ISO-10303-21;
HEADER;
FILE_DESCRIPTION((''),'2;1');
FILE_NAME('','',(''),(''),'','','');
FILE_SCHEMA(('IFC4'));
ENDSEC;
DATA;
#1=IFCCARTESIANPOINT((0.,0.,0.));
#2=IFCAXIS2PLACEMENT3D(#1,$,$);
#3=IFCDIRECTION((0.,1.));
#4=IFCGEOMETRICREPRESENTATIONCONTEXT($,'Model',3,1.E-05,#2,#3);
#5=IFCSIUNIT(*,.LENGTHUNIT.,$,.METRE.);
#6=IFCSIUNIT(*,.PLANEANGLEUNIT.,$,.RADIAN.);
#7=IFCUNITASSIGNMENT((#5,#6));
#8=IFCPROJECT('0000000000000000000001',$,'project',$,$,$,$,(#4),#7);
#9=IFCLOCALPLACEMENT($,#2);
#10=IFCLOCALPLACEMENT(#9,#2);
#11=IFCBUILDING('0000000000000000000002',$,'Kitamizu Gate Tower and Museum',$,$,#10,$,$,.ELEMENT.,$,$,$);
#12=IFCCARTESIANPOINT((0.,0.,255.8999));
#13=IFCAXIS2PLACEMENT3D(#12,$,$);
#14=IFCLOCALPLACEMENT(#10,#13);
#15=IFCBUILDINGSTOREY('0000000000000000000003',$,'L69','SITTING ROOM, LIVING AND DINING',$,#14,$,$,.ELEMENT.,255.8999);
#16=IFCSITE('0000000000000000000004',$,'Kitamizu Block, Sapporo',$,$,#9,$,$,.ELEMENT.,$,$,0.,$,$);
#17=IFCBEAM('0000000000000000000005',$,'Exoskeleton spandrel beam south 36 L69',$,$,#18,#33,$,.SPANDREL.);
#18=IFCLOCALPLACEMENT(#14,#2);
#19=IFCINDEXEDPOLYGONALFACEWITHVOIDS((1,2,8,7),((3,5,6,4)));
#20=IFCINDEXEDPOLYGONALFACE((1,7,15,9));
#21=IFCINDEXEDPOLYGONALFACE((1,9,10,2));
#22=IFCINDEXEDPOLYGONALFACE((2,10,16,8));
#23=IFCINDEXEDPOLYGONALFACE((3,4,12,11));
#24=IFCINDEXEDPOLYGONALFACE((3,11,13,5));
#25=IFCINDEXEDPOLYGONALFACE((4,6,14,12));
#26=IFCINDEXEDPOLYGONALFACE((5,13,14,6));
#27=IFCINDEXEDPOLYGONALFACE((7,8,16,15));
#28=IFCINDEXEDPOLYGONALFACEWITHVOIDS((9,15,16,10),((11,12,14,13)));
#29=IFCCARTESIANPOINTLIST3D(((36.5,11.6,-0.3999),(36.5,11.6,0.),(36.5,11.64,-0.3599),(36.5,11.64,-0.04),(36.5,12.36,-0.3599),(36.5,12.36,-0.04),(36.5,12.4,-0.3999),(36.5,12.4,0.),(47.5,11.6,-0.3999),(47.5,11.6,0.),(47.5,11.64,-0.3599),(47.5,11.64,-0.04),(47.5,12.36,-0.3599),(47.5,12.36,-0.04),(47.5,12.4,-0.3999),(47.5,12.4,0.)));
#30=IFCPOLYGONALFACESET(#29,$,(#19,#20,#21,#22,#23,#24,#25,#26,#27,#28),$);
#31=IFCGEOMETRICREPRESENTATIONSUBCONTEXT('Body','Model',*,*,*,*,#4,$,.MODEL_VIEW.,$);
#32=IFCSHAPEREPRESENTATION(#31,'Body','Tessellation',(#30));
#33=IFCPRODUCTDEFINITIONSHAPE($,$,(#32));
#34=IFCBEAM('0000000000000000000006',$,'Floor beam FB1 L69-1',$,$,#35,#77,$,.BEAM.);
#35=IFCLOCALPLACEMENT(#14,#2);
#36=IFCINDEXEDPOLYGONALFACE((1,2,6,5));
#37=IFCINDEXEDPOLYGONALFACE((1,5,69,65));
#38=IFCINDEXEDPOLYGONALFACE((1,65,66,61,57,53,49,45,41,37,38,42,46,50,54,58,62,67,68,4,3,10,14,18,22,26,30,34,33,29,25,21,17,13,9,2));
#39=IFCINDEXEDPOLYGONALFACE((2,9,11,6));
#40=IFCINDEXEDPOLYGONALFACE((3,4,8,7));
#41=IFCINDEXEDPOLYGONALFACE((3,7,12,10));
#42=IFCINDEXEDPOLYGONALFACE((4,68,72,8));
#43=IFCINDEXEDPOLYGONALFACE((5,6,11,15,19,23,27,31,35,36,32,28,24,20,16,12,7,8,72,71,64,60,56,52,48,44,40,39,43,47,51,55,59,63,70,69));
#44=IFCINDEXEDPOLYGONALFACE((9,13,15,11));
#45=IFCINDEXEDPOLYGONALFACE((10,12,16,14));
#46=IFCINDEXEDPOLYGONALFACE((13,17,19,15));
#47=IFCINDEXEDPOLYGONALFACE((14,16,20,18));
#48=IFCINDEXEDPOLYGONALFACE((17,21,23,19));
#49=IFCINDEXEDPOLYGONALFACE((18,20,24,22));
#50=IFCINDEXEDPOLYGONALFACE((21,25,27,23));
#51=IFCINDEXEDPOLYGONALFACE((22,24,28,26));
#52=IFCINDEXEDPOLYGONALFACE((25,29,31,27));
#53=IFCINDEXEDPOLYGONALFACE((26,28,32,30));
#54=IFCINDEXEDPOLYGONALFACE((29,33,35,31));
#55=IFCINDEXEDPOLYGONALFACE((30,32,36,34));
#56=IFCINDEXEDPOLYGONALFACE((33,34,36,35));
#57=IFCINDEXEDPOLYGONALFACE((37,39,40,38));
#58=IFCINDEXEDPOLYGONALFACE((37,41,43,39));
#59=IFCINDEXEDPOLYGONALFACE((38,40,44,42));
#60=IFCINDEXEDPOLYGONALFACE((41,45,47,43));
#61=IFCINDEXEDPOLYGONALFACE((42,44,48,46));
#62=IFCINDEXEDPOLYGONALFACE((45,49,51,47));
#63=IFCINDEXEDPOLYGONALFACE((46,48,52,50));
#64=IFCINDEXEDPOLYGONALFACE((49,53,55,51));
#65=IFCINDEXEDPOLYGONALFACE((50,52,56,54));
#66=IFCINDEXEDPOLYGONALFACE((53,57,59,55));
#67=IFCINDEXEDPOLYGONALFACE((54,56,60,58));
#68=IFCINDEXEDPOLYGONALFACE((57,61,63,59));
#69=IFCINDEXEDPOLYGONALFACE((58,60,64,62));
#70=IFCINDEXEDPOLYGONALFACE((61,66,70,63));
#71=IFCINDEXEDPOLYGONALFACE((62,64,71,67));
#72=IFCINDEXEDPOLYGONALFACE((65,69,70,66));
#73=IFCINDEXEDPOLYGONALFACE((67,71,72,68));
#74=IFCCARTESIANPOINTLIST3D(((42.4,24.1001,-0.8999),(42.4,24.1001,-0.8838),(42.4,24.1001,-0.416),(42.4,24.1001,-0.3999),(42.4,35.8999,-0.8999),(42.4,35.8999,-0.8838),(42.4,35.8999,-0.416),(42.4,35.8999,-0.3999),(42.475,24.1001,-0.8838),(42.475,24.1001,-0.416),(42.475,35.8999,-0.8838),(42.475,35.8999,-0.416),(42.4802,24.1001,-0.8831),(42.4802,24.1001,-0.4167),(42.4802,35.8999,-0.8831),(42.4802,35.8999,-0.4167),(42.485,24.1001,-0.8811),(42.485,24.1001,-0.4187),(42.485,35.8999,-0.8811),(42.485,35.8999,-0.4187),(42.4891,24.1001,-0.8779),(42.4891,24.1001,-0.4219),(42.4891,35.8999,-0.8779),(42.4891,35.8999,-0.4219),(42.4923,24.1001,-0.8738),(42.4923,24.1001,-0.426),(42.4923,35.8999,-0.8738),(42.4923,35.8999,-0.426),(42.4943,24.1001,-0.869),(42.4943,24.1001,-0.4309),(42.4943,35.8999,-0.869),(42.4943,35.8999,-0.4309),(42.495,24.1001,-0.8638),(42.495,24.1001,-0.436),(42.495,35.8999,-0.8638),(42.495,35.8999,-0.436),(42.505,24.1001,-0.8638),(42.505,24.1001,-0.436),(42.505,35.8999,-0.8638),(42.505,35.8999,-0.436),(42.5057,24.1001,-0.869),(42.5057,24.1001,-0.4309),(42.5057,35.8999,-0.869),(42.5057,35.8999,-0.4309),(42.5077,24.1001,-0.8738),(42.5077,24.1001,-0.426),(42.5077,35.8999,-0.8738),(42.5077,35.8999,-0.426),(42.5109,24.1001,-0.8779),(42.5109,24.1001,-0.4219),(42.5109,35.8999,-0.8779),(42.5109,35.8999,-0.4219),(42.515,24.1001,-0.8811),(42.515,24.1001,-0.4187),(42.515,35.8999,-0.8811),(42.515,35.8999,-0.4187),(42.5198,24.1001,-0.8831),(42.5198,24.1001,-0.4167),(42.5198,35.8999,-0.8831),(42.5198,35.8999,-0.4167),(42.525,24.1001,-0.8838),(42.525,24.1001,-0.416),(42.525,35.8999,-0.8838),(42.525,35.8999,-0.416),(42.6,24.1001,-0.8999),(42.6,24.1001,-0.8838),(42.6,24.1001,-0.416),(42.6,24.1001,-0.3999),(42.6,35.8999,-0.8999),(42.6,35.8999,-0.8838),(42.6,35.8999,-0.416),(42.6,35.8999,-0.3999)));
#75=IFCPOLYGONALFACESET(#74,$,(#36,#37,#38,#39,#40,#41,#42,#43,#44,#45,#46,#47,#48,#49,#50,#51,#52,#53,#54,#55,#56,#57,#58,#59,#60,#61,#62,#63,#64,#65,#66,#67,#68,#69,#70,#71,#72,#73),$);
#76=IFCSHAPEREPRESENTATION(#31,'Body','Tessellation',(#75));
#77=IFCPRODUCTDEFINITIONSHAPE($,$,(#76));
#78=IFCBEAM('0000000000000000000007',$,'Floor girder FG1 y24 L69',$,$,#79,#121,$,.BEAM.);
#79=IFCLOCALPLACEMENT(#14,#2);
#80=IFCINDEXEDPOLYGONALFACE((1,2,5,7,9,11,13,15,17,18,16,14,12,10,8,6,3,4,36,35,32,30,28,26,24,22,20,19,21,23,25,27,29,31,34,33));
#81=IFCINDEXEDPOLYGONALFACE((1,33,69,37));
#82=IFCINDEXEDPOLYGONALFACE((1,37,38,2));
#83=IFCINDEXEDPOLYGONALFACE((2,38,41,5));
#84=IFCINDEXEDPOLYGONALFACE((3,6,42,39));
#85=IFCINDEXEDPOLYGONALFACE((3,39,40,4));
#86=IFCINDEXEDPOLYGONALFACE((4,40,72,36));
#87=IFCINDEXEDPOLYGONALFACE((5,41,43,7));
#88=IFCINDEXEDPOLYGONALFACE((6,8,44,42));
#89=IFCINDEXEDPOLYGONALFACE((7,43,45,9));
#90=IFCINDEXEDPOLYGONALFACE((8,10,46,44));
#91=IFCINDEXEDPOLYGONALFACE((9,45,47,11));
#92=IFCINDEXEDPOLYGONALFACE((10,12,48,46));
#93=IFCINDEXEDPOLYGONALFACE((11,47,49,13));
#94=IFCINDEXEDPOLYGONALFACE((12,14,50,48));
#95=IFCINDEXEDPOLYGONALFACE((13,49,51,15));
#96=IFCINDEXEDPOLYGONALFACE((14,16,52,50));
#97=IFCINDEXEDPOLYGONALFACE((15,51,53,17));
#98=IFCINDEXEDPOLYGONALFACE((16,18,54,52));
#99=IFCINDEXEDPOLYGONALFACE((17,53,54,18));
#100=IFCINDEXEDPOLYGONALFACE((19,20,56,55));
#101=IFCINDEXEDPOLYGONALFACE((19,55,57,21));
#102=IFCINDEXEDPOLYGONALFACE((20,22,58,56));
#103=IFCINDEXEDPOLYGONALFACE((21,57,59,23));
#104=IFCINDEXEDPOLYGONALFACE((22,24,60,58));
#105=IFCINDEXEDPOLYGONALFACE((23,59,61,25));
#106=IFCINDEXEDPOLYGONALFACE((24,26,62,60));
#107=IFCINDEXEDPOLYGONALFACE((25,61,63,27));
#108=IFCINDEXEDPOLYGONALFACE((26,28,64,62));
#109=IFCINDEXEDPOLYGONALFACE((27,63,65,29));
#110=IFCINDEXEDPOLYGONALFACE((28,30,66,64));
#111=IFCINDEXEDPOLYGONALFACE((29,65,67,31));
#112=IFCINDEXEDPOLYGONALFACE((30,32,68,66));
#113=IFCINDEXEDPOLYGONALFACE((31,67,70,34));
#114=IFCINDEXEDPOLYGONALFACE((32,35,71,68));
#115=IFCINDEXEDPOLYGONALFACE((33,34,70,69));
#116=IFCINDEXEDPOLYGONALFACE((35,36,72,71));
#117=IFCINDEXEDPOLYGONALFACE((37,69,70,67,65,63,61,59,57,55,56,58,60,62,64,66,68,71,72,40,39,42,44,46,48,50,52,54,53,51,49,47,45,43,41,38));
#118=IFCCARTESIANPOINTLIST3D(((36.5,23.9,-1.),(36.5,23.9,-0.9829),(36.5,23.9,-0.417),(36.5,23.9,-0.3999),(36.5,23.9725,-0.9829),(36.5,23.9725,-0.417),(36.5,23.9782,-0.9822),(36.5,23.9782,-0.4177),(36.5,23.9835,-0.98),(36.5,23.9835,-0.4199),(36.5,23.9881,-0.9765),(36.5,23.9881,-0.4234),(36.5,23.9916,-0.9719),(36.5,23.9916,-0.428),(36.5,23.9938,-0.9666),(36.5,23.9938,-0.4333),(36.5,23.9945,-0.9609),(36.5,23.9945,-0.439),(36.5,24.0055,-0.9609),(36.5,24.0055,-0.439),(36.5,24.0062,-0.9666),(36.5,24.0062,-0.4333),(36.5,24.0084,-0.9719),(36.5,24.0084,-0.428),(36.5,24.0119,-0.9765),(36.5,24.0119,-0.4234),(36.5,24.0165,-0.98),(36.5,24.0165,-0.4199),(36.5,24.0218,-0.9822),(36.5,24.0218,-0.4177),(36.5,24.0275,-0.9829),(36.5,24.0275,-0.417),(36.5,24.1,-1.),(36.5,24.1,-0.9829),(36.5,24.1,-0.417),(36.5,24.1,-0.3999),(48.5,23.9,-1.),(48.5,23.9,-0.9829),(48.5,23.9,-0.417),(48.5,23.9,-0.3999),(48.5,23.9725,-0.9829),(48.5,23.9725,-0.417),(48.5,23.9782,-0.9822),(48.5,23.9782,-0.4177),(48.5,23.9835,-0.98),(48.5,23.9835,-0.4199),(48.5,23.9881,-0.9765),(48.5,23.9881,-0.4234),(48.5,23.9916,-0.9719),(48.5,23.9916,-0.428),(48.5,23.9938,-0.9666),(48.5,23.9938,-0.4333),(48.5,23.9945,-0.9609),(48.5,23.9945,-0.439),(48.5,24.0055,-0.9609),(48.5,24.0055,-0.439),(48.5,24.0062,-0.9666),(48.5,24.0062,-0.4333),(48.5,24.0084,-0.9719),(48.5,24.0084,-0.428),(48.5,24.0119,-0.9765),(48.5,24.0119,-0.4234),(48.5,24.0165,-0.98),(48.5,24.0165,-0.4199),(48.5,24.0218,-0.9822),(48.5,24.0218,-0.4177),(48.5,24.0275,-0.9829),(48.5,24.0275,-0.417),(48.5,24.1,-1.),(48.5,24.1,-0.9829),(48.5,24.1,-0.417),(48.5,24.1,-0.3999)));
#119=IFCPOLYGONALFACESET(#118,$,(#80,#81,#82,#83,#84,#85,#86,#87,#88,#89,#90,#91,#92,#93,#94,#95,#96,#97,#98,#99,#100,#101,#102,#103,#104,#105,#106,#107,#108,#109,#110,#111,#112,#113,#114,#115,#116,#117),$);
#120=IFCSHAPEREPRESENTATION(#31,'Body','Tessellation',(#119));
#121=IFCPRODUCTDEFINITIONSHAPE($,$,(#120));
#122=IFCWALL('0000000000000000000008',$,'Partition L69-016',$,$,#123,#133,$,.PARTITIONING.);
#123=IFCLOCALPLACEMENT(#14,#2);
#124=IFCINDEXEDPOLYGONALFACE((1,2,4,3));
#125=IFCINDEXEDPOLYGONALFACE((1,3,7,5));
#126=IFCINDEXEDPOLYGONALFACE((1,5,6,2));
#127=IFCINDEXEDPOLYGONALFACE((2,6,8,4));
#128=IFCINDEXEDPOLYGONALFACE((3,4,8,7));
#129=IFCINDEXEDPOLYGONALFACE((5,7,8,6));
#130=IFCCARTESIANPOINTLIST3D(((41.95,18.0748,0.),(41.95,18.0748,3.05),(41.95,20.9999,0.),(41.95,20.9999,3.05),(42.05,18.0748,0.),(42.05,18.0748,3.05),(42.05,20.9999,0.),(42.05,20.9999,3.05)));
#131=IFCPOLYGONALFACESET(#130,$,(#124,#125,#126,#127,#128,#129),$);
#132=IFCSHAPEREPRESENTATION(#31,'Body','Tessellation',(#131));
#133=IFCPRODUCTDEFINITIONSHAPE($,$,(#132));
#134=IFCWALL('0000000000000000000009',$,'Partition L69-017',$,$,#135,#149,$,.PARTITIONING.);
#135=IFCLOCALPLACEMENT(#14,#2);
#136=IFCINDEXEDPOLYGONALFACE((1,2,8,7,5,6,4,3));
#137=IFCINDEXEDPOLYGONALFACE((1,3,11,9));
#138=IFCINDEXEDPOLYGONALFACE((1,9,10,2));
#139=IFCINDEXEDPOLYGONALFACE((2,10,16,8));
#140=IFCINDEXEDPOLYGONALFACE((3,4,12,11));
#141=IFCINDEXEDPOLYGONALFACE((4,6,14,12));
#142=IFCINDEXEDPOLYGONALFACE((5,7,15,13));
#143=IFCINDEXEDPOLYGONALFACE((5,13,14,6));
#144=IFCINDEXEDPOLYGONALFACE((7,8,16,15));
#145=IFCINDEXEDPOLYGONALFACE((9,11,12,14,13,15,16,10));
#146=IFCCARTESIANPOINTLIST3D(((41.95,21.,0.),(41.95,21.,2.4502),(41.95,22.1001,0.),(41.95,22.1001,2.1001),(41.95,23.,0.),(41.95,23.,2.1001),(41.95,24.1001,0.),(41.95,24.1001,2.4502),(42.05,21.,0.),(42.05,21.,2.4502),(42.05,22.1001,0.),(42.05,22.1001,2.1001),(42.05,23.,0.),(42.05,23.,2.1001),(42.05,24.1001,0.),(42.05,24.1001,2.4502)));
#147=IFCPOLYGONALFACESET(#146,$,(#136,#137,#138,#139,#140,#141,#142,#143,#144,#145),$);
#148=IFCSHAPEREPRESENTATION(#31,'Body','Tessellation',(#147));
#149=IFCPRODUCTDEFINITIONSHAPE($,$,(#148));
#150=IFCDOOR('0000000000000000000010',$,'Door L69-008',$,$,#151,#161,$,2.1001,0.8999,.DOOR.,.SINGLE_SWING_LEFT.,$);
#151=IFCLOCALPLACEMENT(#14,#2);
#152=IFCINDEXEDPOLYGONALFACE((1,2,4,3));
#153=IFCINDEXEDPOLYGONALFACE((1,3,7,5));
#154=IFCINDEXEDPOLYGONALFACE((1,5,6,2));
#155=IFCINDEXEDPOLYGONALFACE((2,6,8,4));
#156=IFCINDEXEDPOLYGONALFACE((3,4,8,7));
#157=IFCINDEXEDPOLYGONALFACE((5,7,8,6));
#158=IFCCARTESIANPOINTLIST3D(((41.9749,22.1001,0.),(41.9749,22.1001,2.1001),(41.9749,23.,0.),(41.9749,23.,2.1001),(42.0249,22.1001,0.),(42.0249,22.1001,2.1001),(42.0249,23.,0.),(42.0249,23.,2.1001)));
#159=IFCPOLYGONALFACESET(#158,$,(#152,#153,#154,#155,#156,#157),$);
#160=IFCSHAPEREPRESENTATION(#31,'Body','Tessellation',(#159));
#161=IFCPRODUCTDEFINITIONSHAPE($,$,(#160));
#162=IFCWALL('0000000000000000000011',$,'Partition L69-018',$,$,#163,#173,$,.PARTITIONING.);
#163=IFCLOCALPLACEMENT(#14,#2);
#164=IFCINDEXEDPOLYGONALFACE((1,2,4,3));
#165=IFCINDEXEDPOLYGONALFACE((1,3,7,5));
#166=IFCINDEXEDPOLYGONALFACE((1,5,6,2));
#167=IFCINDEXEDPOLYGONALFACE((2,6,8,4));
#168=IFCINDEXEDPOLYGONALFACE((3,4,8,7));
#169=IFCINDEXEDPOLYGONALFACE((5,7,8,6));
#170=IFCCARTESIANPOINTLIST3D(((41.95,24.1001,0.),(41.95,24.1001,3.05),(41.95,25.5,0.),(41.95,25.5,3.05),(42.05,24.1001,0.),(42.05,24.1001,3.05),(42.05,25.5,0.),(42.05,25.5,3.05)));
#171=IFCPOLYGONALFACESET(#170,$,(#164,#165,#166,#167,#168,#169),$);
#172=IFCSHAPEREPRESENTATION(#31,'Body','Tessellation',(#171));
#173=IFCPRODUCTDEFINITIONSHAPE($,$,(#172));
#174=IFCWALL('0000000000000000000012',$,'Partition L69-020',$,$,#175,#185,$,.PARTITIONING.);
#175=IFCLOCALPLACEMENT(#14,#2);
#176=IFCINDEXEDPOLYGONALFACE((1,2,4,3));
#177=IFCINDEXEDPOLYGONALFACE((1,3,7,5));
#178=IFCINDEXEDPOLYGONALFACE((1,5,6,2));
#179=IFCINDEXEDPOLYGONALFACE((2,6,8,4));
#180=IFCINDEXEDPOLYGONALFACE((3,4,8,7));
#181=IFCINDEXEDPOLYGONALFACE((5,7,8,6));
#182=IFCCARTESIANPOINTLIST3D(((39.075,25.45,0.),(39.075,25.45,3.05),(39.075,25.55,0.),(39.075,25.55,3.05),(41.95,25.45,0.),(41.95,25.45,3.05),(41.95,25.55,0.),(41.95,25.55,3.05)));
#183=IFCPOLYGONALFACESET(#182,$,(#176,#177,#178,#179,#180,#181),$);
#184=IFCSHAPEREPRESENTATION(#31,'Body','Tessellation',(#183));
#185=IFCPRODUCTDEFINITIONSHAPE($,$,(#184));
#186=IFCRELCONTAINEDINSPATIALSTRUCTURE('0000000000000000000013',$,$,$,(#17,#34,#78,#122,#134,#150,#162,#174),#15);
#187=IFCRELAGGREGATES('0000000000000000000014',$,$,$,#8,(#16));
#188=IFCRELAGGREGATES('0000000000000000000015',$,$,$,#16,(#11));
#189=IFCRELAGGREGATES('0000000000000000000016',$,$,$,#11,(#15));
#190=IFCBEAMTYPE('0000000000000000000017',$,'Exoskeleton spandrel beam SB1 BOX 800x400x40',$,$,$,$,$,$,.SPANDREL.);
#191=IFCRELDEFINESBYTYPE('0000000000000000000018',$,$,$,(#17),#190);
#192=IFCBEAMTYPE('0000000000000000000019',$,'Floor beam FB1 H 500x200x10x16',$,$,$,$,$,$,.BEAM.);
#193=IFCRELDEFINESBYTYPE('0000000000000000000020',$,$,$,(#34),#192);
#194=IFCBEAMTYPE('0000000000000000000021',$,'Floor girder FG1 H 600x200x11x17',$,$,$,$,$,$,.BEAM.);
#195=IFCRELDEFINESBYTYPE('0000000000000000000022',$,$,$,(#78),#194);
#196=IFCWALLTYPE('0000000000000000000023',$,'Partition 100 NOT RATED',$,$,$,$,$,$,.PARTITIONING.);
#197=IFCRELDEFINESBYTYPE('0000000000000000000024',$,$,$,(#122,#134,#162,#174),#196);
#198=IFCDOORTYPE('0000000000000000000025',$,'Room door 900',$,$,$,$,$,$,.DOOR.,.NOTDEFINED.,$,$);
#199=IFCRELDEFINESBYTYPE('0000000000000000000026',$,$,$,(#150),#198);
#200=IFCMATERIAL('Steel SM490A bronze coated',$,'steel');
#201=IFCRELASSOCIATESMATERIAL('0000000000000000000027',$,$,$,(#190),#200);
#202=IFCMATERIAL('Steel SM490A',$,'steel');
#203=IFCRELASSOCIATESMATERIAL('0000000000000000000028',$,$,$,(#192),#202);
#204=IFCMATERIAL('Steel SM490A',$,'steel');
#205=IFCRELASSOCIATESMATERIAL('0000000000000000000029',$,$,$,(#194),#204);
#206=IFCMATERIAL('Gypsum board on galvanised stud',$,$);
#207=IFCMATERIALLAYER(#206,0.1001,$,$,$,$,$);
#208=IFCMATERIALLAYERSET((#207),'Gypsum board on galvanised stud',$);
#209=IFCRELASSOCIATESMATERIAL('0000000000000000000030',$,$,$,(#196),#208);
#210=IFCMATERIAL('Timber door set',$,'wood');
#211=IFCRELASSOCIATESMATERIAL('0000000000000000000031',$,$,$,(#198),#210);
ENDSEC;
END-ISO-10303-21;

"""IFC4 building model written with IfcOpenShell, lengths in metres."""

from ifc_helpers import new_model, si_unit, direction, frame, frame_2d, origin, origin_2d, place, context, subcontext, project, spatial, rectangle, hollow_rectangle, i_section, extrude, material, layer, layer_set, material_profile, profile_set, type_object, element, fill, save


model = new_model("IFC4")

# Units and contexts
model_context = context("Model", 3, precision=1e-05, world=origin(), true_north=direction((0.0, 1.0)))
body_context = subcontext(model_context, "Body", "Model", "MODEL_VIEW")
ifc_project = project(units=[si_unit("LENGTHUNIT", "METRE"), si_unit("PLANEANGLEUNIT", "RADIAN")], contexts=[model_context])

# Site, building, storey
site_placement = place(None, origin())
site = spatial("IfcSite", under=ifc_project, at=site_placement, Name="Kitamizu Block, Sapporo", CompositionType="ELEMENT", RefElevation=0.0)
building_placement = place(site_placement, origin())
building = spatial("IfcBuilding", under=site, at=building_placement, Name="Kitamizu Gate Tower and Museum", CompositionType="ELEMENT")
storey_placement = place(building_placement, frame((0.0, 0.0, 255.8999)))
storey = spatial("IfcBuildingStorey", under=building, at=storey_placement, Name="L69", Description="SITTING ROOM, LIVING AND DINING", CompositionType="ELEMENT", Elevation=255.8999)

# Beams
ifc_material_1 = material(Name="Steel SM490A bronze coated", Category="steel")
ifc_material_profile_1 = material_profile(ifc_material_1, hollow_rectangle(XDim=0.8, YDim=0.3999, WallThickness=0.04, at=origin_2d()), Name="BOX 800x400x40")
ifc_profile_set_1 = profile_set([ifc_material_profile_1], Name="Steel SM490A bronze coated")
beam_type_1 = type_object("IfcBeamType", Name="Exoskeleton spandrel beam SB1 BOX 800x400x40", PredefinedType="SPANDREL", material=ifc_profile_set_1)
beam_1_placement = place(storey_placement, frame((36.5, 12.0, -0.2), z_axis=(1.0, 0.0, 0.0), x_axis=(0.0, 1.0, 0.0)))
element("IfcBeam", 1, at=beam_1_placement, inside=storey, type_object=beam_type_1, Name="Exoskeleton spandrel beam south 36 L69", PredefinedType="SPANDREL", context=body_context, shape_type="SweptSolid", body=[
    extrude(hollow_rectangle(XDim=0.8, YDim=0.3999, WallThickness=0.04, at=origin_2d()), origin(), (0.0, 0.0, 1.0), 11.0),
])
ifc_material_2 = material(Name="Steel SM490A", Category="steel")
ifc_material_profile_2 = material_profile(ifc_material_2, i_section(OverallWidth=0.2, OverallDepth=0.5, WebThickness=0.01, FlangeThickness=0.0161, FilletRadius=0.02, at=origin_2d()), Name="H-500x200x10x16")
ifc_profile_set_2 = profile_set([ifc_material_profile_2], Name="Steel SM490A")
beam_type_2 = type_object("IfcBeamType", Name="Floor beam FB1 H 500x200x10x16", PredefinedType="BEAM", material=ifc_profile_set_2)
beam_2_placement = place(storey_placement, frame((42.5, 24.1001, -0.6499), z_axis=(0.0, 1.0, 0.0), x_axis=(-1.0, 0.0, 0.0)))
element("IfcBeam", 2, at=beam_2_placement, inside=storey, type_object=beam_type_2, Name="Floor beam FB1 L69-1", PredefinedType="BEAM", context=body_context, shape_type="SweptSolid", body=[
    extrude(i_section(OverallWidth=0.2, OverallDepth=0.5, WebThickness=0.01, FlangeThickness=0.0161, FilletRadius=0.02, at=origin_2d()), origin(), (0.0, 0.0, 1.0), 11.7998),
])
ifc_material_3 = material(Name="Steel SM490A", Category="steel")
ifc_material_profile_3 = material_profile(ifc_material_3, i_section(OverallWidth=0.2, OverallDepth=0.6001, WebThickness=0.011, FlangeThickness=0.0171, FilletRadius=0.022, at=origin_2d()), Name="H-600x200x11x17")
ifc_profile_set_3 = profile_set([ifc_material_profile_3], Name="Steel SM490A")
beam_type_3 = type_object("IfcBeamType", Name="Floor girder FG1 H 600x200x11x17", PredefinedType="BEAM", material=ifc_profile_set_3)
beam_3_placement = place(storey_placement, frame((36.5, 24.0, -0.7), z_axis=(1.0, 0.0, 0.0), x_axis=(0.0, 1.0, 0.0)))
element("IfcBeam", 3, at=beam_3_placement, inside=storey, type_object=beam_type_3, Name="Floor girder FG1 y24 L69", PredefinedType="BEAM", context=body_context, shape_type="SweptSolid", body=[
    extrude(i_section(OverallWidth=0.2, OverallDepth=0.6001, WebThickness=0.011, FlangeThickness=0.0171, FilletRadius=0.022, at=origin_2d()), origin(), (0.0, 0.0, 1.0), 12.0),
])

# Wall
ifc_material_4 = material(Name="Gypsum board on galvanised stud")
ifc_layer_1 = layer(ifc_material_4, 0.1001)
ifc_layer_set_1 = layer_set([ifc_layer_1], Name="Gypsum board on galvanised stud")
wall_type_1 = type_object("IfcWallType", Name="Partition 100 NOT RATED", PredefinedType="PARTITIONING", material=ifc_layer_set_1)
wall_1_placement = place(storey_placement, frame((42.0, 18.075, 0.0), z_axis=(0.0, 0.0, 1.0), x_axis=(0.0, 1.0, 0.0)))
element("IfcWall", 4, at=wall_1_placement, inside=storey, type_object=wall_type_1, Name="Partition L69-016", PredefinedType="PARTITIONING", context=body_context, shape_type="SweptSolid", body=[
    extrude(rectangle(XDim=2.925, YDim=0.1001, at=frame_2d((1.4624, 0.0))), origin(), (0.0, 0.0, 1.0), 3.05),
])

# Wall, opening, door
wall_2_placement = place(storey_placement, frame((42.0, 21.0, 0.0), z_axis=(0.0, 0.0, 1.0), x_axis=(0.0, 1.0, 0.0)))
wall_2 = element("IfcWall", 5, at=wall_2_placement, inside=storey, type_object=wall_type_1, Name="Partition L69-017", PredefinedType="PARTITIONING", context=body_context, shape_type="SweptSolid", body=[
    extrude(rectangle(XDim=3.1001, YDim=0.1001, at=frame_2d((1.55, 0.0))), origin(), (0.0, 0.0, 1.0), 2.4502),
])
opening_1_placement = place(wall_2_placement, frame((1.1001, 0.0, 0.0)))
opening_1 = element("IfcOpeningElement", 6, at=opening_1_placement, cuts=wall_2, PredefinedType="OPENING", context=body_context, shape_type="SweptSolid", body=[
    extrude(rectangle(XDim=0.8999, YDim=2.1001, at=frame_2d((0.45, 1.05))), frame((0.0, 0.0601, 0.0), z_axis=(0.0, -1.0, 0.0), x_axis=(1.0, 0.0, 0.0)), (0.0, 0.0, 1.0), 0.1201),
])
ifc_material_5 = material(Name="Timber door set", Category="wood")
door_type_1 = type_object("IfcDoorType", Name="Room door 900", OperationType="NOTDEFINED", PredefinedType="DOOR", material=ifc_material_5)
door_1_placement = place(opening_1_placement, frame((0.8999, 0.0, 0.0), x_axis=(-1.0, 0.0, 0.0)))
door_1 = element("IfcDoor", 7, at=door_1_placement, inside=storey, type_object=door_type_1, Name="Door L69-008", OperationType="SINGLE_SWING_LEFT", OverallHeight=2.1001, OverallWidth=0.8999, PredefinedType="DOOR", context=body_context, shape_type="SweptSolid", body=[
    extrude(rectangle(XDim=0.8999, YDim=2.1001, at=frame_2d((0.45, 1.05))), frame((0.0, 0.0249, 0.0), z_axis=(0.0, -1.0, 0.0), x_axis=(1.0, 0.0, 0.0)), (0.0, 0.0, 1.0), 0.05),
])
fill(opening_1, door_1)

# Walls
wall_3_placement = place(storey_placement, frame((42.0, 24.1001, 0.0), z_axis=(0.0, 0.0, 1.0), x_axis=(0.0, 1.0, 0.0)))
element("IfcWall", 8, at=wall_3_placement, inside=storey, type_object=wall_type_1, Name="Partition L69-018", PredefinedType="PARTITIONING", context=body_context, shape_type="SweptSolid", body=[
    extrude(rectangle(XDim=1.3999, YDim=0.1001, at=frame_2d((0.7, 0.0))), origin(), (0.0, 0.0, 1.0), 3.05),
])
wall_4_placement = place(storey_placement, frame((41.95, 25.5, 0.0), z_axis=(0.0, 0.0, 1.0), x_axis=(-1.0, 0.0, 0.0)))
element("IfcWall", 9, at=wall_4_placement, inside=storey, type_object=wall_type_1, Name="Partition L69-020", PredefinedType="PARTITIONING", context=body_context, shape_type="SweptSolid", body=[
    extrude(rectangle(XDim=2.875, YDim=0.1001, at=frame_2d((1.4375, 0.0))), origin(), (0.0, 0.0, 1.0), 3.05),
])

save(model, "model.ifc")
